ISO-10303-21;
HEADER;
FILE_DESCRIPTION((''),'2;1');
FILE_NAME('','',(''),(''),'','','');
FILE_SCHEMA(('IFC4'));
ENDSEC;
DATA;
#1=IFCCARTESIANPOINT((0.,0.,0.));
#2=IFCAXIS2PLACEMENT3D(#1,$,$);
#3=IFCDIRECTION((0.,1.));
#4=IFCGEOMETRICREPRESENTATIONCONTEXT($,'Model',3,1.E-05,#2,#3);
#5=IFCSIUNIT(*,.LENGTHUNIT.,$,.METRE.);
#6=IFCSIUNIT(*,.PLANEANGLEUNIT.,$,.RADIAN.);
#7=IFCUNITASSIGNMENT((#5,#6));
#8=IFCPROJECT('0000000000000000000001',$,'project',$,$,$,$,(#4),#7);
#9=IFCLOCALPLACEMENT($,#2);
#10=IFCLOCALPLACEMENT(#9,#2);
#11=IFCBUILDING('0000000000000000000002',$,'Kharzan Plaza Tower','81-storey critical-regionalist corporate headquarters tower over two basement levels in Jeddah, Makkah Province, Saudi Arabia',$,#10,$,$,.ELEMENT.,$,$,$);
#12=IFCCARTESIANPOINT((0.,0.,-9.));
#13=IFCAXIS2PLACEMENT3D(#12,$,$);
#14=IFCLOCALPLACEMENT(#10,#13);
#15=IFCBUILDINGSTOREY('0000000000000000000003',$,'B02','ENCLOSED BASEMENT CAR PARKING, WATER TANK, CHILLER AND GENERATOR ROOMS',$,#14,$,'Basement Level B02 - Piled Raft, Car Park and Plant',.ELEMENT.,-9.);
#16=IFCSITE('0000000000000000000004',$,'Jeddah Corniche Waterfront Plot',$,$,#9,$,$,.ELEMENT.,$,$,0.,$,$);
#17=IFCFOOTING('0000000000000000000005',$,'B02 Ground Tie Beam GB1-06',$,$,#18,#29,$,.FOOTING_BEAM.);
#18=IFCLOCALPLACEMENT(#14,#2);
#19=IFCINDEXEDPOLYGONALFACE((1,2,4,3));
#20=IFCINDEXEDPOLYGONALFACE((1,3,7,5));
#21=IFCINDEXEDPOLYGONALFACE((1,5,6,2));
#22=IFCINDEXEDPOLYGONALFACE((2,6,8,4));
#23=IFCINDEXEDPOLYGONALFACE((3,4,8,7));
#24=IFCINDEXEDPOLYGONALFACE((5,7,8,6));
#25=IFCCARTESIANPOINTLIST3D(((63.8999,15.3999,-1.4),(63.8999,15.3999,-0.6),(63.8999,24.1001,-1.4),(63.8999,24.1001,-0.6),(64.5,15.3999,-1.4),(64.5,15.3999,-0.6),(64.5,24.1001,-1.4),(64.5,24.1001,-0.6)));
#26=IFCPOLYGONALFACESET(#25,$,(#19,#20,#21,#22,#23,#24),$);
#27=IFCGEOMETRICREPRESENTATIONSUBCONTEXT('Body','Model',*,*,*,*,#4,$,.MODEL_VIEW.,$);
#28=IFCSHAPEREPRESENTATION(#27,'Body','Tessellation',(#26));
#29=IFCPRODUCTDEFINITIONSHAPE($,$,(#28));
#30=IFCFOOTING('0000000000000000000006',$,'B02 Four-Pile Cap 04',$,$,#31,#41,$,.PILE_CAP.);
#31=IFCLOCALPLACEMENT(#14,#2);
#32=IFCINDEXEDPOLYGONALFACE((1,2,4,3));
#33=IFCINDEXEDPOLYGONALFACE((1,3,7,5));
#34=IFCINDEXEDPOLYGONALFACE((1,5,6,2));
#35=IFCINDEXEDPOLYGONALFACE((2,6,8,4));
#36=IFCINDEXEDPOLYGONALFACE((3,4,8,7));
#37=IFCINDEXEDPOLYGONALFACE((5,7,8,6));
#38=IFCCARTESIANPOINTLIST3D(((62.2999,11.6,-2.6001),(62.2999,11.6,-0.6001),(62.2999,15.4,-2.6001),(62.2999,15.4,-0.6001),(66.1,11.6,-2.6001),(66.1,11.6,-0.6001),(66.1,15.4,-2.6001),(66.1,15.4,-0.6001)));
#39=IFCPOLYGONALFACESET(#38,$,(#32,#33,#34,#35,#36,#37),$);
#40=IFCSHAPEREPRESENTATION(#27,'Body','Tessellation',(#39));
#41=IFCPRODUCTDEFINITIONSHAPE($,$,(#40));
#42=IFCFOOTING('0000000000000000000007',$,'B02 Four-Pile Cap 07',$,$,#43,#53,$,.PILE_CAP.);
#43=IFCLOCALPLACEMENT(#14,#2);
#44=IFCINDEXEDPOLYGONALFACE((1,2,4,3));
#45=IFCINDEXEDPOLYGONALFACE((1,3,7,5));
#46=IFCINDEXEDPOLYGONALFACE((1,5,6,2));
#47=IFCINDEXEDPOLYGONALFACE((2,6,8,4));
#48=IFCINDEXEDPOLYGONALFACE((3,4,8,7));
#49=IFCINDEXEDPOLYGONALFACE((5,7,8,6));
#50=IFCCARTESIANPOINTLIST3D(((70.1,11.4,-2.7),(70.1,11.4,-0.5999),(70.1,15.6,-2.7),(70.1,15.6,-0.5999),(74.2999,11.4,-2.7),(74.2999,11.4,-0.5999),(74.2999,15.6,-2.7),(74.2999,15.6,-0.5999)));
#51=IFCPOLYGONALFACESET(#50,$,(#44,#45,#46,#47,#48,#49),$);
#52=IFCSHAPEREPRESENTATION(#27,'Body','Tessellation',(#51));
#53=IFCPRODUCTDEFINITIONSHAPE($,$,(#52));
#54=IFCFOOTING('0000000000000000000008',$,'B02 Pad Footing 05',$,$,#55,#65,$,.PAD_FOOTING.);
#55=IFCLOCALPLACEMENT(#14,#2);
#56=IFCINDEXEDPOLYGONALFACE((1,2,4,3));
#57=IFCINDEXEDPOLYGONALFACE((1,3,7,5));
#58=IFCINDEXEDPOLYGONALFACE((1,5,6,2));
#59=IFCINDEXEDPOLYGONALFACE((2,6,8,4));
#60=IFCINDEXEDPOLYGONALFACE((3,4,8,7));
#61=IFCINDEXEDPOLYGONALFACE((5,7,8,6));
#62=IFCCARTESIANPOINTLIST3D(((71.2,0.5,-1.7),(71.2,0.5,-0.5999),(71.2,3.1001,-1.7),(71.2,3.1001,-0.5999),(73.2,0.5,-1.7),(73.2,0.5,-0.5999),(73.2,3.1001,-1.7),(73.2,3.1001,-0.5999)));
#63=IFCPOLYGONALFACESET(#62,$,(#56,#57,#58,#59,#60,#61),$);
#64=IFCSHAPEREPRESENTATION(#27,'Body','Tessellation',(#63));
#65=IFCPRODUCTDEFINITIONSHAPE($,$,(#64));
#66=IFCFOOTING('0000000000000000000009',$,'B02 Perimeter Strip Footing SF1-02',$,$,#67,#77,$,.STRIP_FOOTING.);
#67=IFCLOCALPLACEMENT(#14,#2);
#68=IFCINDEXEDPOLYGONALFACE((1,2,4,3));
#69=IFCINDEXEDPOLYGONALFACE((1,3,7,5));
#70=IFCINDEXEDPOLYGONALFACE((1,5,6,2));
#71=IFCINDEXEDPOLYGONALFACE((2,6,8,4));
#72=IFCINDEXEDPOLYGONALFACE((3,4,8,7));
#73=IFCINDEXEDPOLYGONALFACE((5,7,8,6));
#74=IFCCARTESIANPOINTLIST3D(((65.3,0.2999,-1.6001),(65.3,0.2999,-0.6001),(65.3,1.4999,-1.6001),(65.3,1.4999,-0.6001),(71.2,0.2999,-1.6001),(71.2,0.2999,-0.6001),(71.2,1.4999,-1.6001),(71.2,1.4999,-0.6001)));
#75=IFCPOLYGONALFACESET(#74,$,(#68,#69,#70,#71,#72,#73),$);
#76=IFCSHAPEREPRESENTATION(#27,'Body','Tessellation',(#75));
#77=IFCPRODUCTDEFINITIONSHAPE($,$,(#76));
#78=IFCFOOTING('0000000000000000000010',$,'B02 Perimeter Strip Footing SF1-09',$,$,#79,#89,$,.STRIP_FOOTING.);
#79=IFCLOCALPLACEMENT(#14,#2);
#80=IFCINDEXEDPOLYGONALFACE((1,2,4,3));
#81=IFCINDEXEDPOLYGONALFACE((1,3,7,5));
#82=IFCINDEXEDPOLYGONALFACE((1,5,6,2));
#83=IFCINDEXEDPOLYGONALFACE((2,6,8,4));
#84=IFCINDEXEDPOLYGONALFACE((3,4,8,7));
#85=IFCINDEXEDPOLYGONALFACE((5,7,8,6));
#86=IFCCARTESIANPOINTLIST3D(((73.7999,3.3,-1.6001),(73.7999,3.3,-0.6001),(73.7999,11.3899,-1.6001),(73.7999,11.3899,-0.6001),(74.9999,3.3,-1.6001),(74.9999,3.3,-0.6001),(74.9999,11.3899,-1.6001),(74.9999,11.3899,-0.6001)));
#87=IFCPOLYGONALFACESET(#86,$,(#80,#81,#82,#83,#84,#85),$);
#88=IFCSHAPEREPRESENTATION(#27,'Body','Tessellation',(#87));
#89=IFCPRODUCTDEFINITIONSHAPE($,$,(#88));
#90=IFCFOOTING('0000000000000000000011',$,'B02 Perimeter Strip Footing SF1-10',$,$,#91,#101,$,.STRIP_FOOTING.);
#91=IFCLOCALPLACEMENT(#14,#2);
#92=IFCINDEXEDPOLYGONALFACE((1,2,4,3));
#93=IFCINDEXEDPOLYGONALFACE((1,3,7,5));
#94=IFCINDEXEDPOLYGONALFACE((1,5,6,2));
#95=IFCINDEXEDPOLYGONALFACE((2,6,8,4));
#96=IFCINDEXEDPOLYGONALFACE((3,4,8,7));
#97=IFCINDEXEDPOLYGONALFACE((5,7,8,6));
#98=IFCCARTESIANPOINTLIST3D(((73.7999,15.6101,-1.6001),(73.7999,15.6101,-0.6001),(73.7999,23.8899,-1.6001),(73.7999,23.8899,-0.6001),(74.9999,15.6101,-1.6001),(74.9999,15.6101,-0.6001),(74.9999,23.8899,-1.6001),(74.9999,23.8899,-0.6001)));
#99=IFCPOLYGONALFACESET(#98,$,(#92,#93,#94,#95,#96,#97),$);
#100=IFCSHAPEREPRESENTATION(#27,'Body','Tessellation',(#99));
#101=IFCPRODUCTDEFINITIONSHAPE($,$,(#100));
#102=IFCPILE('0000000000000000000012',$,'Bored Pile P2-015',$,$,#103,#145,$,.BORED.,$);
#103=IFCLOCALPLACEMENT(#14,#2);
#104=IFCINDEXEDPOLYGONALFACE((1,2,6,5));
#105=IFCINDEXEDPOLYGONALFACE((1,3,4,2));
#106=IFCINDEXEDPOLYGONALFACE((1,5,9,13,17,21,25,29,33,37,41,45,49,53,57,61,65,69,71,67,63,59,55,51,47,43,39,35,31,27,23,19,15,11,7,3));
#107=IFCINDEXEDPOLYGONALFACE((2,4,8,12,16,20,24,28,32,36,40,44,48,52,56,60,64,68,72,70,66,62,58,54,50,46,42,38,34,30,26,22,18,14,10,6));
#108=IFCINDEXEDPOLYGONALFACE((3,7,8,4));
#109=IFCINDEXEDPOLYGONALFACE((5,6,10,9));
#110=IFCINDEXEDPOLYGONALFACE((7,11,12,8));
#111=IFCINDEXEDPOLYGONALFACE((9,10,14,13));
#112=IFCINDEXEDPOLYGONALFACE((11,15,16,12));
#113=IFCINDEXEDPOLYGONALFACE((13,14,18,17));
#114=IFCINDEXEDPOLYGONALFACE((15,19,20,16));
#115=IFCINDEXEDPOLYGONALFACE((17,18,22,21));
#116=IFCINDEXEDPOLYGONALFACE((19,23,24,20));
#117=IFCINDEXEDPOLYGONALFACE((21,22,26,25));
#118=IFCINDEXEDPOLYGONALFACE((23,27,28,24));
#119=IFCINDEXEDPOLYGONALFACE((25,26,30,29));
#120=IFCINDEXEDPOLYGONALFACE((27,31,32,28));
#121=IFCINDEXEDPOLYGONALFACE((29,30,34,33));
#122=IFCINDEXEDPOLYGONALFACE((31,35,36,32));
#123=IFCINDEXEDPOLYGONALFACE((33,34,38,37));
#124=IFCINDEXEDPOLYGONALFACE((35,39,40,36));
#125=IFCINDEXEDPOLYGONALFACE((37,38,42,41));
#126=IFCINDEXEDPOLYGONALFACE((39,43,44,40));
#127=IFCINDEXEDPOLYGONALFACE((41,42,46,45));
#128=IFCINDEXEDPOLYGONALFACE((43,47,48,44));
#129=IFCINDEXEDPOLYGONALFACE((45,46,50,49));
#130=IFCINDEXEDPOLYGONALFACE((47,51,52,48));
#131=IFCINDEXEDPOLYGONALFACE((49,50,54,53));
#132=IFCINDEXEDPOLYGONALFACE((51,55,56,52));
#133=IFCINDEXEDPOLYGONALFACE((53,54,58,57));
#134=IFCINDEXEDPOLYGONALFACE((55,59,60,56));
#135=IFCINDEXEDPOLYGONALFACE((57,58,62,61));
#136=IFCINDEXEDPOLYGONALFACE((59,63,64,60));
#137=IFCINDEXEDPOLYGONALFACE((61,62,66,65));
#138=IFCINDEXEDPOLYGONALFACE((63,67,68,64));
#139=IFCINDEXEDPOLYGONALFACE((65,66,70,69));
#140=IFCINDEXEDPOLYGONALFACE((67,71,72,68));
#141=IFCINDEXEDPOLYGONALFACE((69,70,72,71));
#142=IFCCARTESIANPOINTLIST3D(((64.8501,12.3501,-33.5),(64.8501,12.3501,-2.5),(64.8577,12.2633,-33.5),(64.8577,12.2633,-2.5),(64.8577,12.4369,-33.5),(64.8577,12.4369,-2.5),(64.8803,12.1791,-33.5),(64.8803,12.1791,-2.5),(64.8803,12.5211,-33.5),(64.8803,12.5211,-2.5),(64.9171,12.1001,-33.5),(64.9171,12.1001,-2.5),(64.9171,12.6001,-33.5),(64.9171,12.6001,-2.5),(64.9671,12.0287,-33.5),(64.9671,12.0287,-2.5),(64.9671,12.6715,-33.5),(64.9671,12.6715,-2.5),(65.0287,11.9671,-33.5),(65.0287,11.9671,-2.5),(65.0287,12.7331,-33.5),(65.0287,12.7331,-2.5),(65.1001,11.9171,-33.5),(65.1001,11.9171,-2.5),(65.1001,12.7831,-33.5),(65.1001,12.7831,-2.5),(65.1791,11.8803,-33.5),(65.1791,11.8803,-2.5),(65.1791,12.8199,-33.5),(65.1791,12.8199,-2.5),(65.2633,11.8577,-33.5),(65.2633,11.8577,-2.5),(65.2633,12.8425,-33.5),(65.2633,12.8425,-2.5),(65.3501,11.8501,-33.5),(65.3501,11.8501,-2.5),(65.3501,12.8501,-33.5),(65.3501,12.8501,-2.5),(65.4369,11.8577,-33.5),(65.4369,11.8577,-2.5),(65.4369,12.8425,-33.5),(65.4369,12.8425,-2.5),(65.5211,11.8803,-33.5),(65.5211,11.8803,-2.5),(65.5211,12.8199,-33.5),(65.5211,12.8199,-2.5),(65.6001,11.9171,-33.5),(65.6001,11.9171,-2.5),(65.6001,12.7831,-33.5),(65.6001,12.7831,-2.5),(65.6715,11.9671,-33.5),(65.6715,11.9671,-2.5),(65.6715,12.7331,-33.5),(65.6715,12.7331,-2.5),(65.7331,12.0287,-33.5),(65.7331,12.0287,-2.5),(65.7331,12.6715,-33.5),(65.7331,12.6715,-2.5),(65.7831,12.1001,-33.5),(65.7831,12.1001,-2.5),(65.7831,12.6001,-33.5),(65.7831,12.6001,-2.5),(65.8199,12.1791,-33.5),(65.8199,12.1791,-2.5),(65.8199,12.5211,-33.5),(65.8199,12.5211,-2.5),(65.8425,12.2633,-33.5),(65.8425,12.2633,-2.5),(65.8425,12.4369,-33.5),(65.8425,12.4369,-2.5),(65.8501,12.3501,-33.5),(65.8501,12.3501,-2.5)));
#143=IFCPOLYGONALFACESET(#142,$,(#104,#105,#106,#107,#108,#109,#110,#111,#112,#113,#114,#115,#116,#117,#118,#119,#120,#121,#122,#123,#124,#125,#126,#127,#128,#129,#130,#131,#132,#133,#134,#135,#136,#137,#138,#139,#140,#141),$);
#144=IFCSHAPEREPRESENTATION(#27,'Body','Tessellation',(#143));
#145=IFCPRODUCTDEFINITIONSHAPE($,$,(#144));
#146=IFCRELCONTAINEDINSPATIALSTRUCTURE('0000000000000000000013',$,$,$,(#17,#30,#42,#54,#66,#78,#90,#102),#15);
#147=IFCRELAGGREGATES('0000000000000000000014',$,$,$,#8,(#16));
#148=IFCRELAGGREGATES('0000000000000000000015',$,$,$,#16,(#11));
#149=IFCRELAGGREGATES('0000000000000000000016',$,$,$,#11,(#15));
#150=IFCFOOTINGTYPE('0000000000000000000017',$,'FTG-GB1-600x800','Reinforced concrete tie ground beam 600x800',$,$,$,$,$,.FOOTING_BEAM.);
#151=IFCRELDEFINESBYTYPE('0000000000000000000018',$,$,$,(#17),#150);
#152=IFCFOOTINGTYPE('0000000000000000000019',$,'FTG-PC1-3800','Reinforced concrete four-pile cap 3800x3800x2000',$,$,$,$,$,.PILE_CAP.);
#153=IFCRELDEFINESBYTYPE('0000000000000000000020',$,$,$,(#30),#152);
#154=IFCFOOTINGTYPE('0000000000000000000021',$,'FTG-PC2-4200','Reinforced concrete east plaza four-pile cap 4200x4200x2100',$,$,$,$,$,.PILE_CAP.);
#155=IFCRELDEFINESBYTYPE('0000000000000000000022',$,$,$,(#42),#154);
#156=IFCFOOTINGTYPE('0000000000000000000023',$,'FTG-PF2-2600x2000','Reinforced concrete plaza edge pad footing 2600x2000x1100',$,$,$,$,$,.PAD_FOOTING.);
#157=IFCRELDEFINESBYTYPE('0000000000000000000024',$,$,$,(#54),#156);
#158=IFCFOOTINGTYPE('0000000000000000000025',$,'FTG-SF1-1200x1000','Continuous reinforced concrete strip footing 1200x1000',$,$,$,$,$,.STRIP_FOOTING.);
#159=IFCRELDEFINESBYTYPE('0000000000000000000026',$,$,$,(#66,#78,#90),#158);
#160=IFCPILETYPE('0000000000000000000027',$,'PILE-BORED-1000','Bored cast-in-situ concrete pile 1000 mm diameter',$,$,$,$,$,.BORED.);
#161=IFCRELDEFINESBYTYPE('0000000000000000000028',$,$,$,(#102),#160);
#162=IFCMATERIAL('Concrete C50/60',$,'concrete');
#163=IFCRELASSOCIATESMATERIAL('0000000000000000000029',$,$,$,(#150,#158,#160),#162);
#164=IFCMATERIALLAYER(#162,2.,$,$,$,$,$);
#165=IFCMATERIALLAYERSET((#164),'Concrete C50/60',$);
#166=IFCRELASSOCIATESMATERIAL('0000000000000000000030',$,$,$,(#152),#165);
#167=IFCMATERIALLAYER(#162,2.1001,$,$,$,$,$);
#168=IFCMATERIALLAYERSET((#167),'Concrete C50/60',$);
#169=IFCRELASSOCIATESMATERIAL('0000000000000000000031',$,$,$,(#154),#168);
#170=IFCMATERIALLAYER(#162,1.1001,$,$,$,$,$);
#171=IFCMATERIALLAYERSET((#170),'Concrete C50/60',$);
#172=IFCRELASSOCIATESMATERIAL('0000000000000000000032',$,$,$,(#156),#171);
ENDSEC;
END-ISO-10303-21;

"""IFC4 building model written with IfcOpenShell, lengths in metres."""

from ifc_helpers import new_model, si_unit, direction, frame, origin, origin_2d, place, context, subcontext, project, spatial, rectangle, circle, extrude, source, transform, mapped, material, layer, layer_set, material_profile, profile_set, type_object, element, save


model = new_model("IFC4")

# Units and contexts
model_context = context("Model", 3, precision=1e-05, world=origin(), true_north=direction((0.0, 1.0)))
body_context = subcontext(model_context, "Body", "Model", "MODEL_VIEW")
ifc_project = project(units=[si_unit("LENGTHUNIT", "METRE"), si_unit("PLANEANGLEUNIT", "RADIAN")], contexts=[model_context])

# Site, building, storey
site_placement = place(None, origin())
site = spatial("IfcSite", under=ifc_project, at=site_placement, Name="Jeddah Corniche Waterfront Plot", CompositionType="ELEMENT", RefElevation=0.0)
building_placement = place(site_placement, origin())
building = spatial("IfcBuilding", under=site, at=building_placement, Name="Kharzan Plaza Tower", Description="81-storey critical-regionalist corporate headquarters tower over two basement levels in Jeddah, Makkah Province, Saudi Arabia", CompositionType="ELEMENT")
storey_placement = place(building_placement, frame((0.0, 0.0, -9.0)))
storey = spatial("IfcBuildingStorey", under=building, at=storey_placement, Name="B02", Description="ENCLOSED BASEMENT CAR PARKING, WATER TANK, CHILLER AND GENERATOR ROOMS", LongName="Basement Level B02 - Piled Raft, Car Park and Plant", CompositionType="ELEMENT", Elevation=-9.0)

# Footings
ifc_material_1 = material(Name="Concrete C50/60", Category="concrete")
ifc_material_profile_1 = material_profile(ifc_material_1, rectangle(XDim=0.6001, YDim=0.8, at=origin_2d()), Name="GB-600x800")
ifc_profile_set_1 = profile_set([ifc_material_profile_1], Name="Concrete C50/60")
footing_type_1 = type_object("IfcFootingType", Name="FTG-GB1-600x800", Description="Reinforced concrete tie ground beam 600x800", PredefinedType="FOOTING_BEAM", material=ifc_profile_set_1)
shared_shape_1 = source(origin(), body_context, "Body", "SweptSolid", [
    extrude(rectangle(XDim=0.6001, YDim=0.8, at=origin_2d()), origin(), (0.0, 0.0, 1.0), 8.7002),
])
footing_1_placement = place(storey_placement, frame((64.2, 15.3999, -1.0), z_axis=(0.0, 1.0, 0.0), x_axis=(-1.0, 0.0, 0.0)))
element("IfcFooting", 1, at=footing_1_placement, inside=storey, type_object=footing_type_1, Name="B02 Ground Tie Beam GB1-06", PredefinedType="FOOTING_BEAM", context=body_context, shape_type="MappedRepresentation", body=[
    mapped(shared_shape_1, transform((0.0, 0.0, 0.0), x_axis=(1.0, 0.0, 0.0), y_axis=(0.0, 1.0, 0.0), z_axis=(0.0, 0.0, 1.0))),
])
ifc_layer_1 = layer(ifc_material_1, 2.0)
ifc_layer_set_1 = layer_set([ifc_layer_1], Name="Concrete C50/60")
footing_type_2 = type_object("IfcFootingType", Name="FTG-PC1-3800", Description="Reinforced concrete four-pile cap 3800x3800x2000", PredefinedType="PILE_CAP", material=ifc_layer_set_1)
shared_shape_2 = source(origin(), body_context, "Body", "SweptSolid", [
    extrude(rectangle(XDim=3.8, YDim=3.8, at=origin_2d()), origin(), (0.0, 0.0, 1.0), 2.0),
])
footing_2_placement = place(storey_placement, frame((64.2, 13.5, -2.6001), z_axis=(0.0, 0.0, 1.0), x_axis=(1.0, 0.0, 0.0)))
element("IfcFooting", 2, at=footing_2_placement, inside=storey, type_object=footing_type_2, Name="B02 Four-Pile Cap 04", PredefinedType="PILE_CAP", context=body_context, shape_type="MappedRepresentation", body=[
    mapped(shared_shape_2, transform((0.0, 0.0, 0.0), x_axis=(1.0, 0.0, 0.0), y_axis=(0.0, 1.0, 0.0), z_axis=(0.0, 0.0, 1.0))),
])
ifc_layer_2 = layer(ifc_material_1, 2.1001)
ifc_layer_set_2 = layer_set([ifc_layer_2], Name="Concrete C50/60")
footing_type_3 = type_object("IfcFootingType", Name="FTG-PC2-4200", Description="Reinforced concrete east plaza four-pile cap 4200x4200x2100", PredefinedType="PILE_CAP", material=ifc_layer_set_2)
shared_shape_3 = source(origin(), body_context, "Body", "SweptSolid", [
    extrude(rectangle(XDim=4.2, YDim=4.2, at=origin_2d()), origin(), (0.0, 0.0, 1.0), 2.1001),
])
footing_3_placement = place(storey_placement, frame((72.2, 13.5, -2.7), z_axis=(0.0, 0.0, 1.0), x_axis=(1.0, 0.0, 0.0)))
element("IfcFooting", 3, at=footing_3_placement, inside=storey, type_object=footing_type_3, Name="B02 Four-Pile Cap 07", PredefinedType="PILE_CAP", context=body_context, shape_type="MappedRepresentation", body=[
    mapped(shared_shape_3, transform((0.0, 0.0, 0.0), x_axis=(1.0, 0.0, 0.0), y_axis=(0.0, 1.0, 0.0), z_axis=(0.0, 0.0, 1.0))),
])
ifc_layer_3 = layer(ifc_material_1, 1.1001)
ifc_layer_set_3 = layer_set([ifc_layer_3], Name="Concrete C50/60")
footing_type_4 = type_object("IfcFootingType", Name="FTG-PF2-2600x2000", Description="Reinforced concrete plaza edge pad footing 2600x2000x1100", PredefinedType="PAD_FOOTING", material=ifc_layer_set_3)
shared_shape_4 = source(origin(), body_context, "Body", "SweptSolid", [
    extrude(rectangle(XDim=2.6001, YDim=2.0, at=origin_2d()), origin(), (0.0, 0.0, 1.0), 1.1001),
])
footing_4_placement = place(storey_placement, frame((72.2, 1.8, -1.7), z_axis=(0.0, 0.0, 1.0), x_axis=(0.0, 1.0, 0.0)))
element("IfcFooting", 4, at=footing_4_placement, inside=storey, type_object=footing_type_4, Name="B02 Pad Footing 05", PredefinedType="PAD_FOOTING", context=body_context, shape_type="MappedRepresentation", body=[
    mapped(shared_shape_4, transform((0.0, 0.0, 0.0), x_axis=(1.0, 0.0, 0.0), y_axis=(0.0, 1.0, 0.0), z_axis=(0.0, 0.0, 1.0))),
])
ifc_material_profile_2 = material_profile(ifc_material_1, rectangle(XDim=1.2, YDim=1.0, at=origin_2d()), Name="SF-1200x1000")
ifc_profile_set_2 = profile_set([ifc_material_profile_2], Name="Concrete C50/60")
footing_type_5 = type_object("IfcFootingType", Name="FTG-SF1-1200x1000", Description="Continuous reinforced concrete strip footing 1200x1000", PredefinedType="STRIP_FOOTING", material=ifc_profile_set_2)
shared_shape_5 = source(origin(), body_context, "Body", "SweptSolid", [
    extrude(rectangle(XDim=1.2, YDim=1.0, at=origin_2d()), origin(), (0.0, 0.0, 1.0), 5.8999),
])
footing_5_placement = place(storey_placement, frame((65.3, 0.8999, -1.1001), z_axis=(1.0, 0.0, 0.0), x_axis=(0.0, 1.0, 0.0)))
element("IfcFooting", 5, at=footing_5_placement, inside=storey, type_object=footing_type_5, Name="B02 Perimeter Strip Footing SF1-02", PredefinedType="STRIP_FOOTING", context=body_context, shape_type="MappedRepresentation", body=[
    mapped(shared_shape_5, transform((0.0, 0.0, 0.0), x_axis=(1.0, 0.0, 0.0), y_axis=(0.0, 1.0, 0.0), z_axis=(0.0, 0.0, 1.0))),
])
shared_shape_6 = source(origin(), body_context, "Body", "SweptSolid", [
    extrude(rectangle(XDim=1.2, YDim=1.0, at=origin_2d()), origin(), (0.0, 0.0, 1.0), 8.0898),
])
footing_6_placement = place(storey_placement, frame((74.3999, 3.3, -1.1001), z_axis=(0.0, 1.0, 0.0), x_axis=(-1.0, 0.0, 0.0)))
element("IfcFooting", 6, at=footing_6_placement, inside=storey, type_object=footing_type_5, Name="B02 Perimeter Strip Footing SF1-09", PredefinedType="STRIP_FOOTING", context=body_context, shape_type="MappedRepresentation", body=[
    mapped(shared_shape_6, transform((0.0, 0.0, 0.0), x_axis=(1.0, 0.0, 0.0), y_axis=(0.0, 1.0, 0.0), z_axis=(0.0, 0.0, 1.0))),
])
shared_shape_7 = source(origin(), body_context, "Body", "SweptSolid", [
    extrude(rectangle(XDim=1.2, YDim=1.0, at=origin_2d()), origin(), (0.0, 0.0, 1.0), 8.2798),
])
footing_7_placement = place(storey_placement, frame((74.3999, 15.6101, -1.1001), z_axis=(0.0, 1.0, 0.0), x_axis=(-1.0, 0.0, 0.0)))
element("IfcFooting", 7, at=footing_7_placement, inside=storey, type_object=footing_type_5, Name="B02 Perimeter Strip Footing SF1-10", PredefinedType="STRIP_FOOTING", context=body_context, shape_type="MappedRepresentation", body=[
    mapped(shared_shape_7, transform((0.0, 0.0, 0.0), x_axis=(1.0, 0.0, 0.0), y_axis=(0.0, 1.0, 0.0), z_axis=(0.0, 0.0, 1.0))),
])

# Pile
ifc_material_profile_3 = material_profile(ifc_material_1, circle(Radius=0.5, at=origin_2d()), Name="PILE-D1000")
ifc_profile_set_3 = profile_set([ifc_material_profile_3], Name="Concrete C50/60")
pile_type = type_object("IfcPileType", Name="PILE-BORED-1000", Description="Bored cast-in-situ concrete pile 1000 mm diameter", PredefinedType="BORED", material=ifc_profile_set_3)
shared_shape_8 = source(origin(), body_context, "Body", "SweptSolid", [
    extrude(circle(Radius=0.5, at=origin_2d()), origin(), (0.0, 0.0, 1.0), 31.0),
])
for number, where, z_axis, x_axis, name in (
    (8, (65.3501, 12.3501, -2.5), (0.0, 0.0, -1.0), (1.0, 0.0, 0.0), "Bored Pile P2-015"),
):
    element("IfcPile", number, at=place(storey_placement, frame(where, z_axis=z_axis, x_axis=x_axis)), inside=storey, type_object=pile_type, Name=name, PredefinedType="BORED", context=body_context, shape_type="MappedRepresentation", body=[
        mapped(shared_shape_8, transform((0.0, 0.0, 0.0), x_axis=(1.0, 0.0, 0.0), y_axis=(0.0, 1.0, 0.0), z_axis=(0.0, 0.0, 1.0))),
    ])

save(model, "model.ifc")
